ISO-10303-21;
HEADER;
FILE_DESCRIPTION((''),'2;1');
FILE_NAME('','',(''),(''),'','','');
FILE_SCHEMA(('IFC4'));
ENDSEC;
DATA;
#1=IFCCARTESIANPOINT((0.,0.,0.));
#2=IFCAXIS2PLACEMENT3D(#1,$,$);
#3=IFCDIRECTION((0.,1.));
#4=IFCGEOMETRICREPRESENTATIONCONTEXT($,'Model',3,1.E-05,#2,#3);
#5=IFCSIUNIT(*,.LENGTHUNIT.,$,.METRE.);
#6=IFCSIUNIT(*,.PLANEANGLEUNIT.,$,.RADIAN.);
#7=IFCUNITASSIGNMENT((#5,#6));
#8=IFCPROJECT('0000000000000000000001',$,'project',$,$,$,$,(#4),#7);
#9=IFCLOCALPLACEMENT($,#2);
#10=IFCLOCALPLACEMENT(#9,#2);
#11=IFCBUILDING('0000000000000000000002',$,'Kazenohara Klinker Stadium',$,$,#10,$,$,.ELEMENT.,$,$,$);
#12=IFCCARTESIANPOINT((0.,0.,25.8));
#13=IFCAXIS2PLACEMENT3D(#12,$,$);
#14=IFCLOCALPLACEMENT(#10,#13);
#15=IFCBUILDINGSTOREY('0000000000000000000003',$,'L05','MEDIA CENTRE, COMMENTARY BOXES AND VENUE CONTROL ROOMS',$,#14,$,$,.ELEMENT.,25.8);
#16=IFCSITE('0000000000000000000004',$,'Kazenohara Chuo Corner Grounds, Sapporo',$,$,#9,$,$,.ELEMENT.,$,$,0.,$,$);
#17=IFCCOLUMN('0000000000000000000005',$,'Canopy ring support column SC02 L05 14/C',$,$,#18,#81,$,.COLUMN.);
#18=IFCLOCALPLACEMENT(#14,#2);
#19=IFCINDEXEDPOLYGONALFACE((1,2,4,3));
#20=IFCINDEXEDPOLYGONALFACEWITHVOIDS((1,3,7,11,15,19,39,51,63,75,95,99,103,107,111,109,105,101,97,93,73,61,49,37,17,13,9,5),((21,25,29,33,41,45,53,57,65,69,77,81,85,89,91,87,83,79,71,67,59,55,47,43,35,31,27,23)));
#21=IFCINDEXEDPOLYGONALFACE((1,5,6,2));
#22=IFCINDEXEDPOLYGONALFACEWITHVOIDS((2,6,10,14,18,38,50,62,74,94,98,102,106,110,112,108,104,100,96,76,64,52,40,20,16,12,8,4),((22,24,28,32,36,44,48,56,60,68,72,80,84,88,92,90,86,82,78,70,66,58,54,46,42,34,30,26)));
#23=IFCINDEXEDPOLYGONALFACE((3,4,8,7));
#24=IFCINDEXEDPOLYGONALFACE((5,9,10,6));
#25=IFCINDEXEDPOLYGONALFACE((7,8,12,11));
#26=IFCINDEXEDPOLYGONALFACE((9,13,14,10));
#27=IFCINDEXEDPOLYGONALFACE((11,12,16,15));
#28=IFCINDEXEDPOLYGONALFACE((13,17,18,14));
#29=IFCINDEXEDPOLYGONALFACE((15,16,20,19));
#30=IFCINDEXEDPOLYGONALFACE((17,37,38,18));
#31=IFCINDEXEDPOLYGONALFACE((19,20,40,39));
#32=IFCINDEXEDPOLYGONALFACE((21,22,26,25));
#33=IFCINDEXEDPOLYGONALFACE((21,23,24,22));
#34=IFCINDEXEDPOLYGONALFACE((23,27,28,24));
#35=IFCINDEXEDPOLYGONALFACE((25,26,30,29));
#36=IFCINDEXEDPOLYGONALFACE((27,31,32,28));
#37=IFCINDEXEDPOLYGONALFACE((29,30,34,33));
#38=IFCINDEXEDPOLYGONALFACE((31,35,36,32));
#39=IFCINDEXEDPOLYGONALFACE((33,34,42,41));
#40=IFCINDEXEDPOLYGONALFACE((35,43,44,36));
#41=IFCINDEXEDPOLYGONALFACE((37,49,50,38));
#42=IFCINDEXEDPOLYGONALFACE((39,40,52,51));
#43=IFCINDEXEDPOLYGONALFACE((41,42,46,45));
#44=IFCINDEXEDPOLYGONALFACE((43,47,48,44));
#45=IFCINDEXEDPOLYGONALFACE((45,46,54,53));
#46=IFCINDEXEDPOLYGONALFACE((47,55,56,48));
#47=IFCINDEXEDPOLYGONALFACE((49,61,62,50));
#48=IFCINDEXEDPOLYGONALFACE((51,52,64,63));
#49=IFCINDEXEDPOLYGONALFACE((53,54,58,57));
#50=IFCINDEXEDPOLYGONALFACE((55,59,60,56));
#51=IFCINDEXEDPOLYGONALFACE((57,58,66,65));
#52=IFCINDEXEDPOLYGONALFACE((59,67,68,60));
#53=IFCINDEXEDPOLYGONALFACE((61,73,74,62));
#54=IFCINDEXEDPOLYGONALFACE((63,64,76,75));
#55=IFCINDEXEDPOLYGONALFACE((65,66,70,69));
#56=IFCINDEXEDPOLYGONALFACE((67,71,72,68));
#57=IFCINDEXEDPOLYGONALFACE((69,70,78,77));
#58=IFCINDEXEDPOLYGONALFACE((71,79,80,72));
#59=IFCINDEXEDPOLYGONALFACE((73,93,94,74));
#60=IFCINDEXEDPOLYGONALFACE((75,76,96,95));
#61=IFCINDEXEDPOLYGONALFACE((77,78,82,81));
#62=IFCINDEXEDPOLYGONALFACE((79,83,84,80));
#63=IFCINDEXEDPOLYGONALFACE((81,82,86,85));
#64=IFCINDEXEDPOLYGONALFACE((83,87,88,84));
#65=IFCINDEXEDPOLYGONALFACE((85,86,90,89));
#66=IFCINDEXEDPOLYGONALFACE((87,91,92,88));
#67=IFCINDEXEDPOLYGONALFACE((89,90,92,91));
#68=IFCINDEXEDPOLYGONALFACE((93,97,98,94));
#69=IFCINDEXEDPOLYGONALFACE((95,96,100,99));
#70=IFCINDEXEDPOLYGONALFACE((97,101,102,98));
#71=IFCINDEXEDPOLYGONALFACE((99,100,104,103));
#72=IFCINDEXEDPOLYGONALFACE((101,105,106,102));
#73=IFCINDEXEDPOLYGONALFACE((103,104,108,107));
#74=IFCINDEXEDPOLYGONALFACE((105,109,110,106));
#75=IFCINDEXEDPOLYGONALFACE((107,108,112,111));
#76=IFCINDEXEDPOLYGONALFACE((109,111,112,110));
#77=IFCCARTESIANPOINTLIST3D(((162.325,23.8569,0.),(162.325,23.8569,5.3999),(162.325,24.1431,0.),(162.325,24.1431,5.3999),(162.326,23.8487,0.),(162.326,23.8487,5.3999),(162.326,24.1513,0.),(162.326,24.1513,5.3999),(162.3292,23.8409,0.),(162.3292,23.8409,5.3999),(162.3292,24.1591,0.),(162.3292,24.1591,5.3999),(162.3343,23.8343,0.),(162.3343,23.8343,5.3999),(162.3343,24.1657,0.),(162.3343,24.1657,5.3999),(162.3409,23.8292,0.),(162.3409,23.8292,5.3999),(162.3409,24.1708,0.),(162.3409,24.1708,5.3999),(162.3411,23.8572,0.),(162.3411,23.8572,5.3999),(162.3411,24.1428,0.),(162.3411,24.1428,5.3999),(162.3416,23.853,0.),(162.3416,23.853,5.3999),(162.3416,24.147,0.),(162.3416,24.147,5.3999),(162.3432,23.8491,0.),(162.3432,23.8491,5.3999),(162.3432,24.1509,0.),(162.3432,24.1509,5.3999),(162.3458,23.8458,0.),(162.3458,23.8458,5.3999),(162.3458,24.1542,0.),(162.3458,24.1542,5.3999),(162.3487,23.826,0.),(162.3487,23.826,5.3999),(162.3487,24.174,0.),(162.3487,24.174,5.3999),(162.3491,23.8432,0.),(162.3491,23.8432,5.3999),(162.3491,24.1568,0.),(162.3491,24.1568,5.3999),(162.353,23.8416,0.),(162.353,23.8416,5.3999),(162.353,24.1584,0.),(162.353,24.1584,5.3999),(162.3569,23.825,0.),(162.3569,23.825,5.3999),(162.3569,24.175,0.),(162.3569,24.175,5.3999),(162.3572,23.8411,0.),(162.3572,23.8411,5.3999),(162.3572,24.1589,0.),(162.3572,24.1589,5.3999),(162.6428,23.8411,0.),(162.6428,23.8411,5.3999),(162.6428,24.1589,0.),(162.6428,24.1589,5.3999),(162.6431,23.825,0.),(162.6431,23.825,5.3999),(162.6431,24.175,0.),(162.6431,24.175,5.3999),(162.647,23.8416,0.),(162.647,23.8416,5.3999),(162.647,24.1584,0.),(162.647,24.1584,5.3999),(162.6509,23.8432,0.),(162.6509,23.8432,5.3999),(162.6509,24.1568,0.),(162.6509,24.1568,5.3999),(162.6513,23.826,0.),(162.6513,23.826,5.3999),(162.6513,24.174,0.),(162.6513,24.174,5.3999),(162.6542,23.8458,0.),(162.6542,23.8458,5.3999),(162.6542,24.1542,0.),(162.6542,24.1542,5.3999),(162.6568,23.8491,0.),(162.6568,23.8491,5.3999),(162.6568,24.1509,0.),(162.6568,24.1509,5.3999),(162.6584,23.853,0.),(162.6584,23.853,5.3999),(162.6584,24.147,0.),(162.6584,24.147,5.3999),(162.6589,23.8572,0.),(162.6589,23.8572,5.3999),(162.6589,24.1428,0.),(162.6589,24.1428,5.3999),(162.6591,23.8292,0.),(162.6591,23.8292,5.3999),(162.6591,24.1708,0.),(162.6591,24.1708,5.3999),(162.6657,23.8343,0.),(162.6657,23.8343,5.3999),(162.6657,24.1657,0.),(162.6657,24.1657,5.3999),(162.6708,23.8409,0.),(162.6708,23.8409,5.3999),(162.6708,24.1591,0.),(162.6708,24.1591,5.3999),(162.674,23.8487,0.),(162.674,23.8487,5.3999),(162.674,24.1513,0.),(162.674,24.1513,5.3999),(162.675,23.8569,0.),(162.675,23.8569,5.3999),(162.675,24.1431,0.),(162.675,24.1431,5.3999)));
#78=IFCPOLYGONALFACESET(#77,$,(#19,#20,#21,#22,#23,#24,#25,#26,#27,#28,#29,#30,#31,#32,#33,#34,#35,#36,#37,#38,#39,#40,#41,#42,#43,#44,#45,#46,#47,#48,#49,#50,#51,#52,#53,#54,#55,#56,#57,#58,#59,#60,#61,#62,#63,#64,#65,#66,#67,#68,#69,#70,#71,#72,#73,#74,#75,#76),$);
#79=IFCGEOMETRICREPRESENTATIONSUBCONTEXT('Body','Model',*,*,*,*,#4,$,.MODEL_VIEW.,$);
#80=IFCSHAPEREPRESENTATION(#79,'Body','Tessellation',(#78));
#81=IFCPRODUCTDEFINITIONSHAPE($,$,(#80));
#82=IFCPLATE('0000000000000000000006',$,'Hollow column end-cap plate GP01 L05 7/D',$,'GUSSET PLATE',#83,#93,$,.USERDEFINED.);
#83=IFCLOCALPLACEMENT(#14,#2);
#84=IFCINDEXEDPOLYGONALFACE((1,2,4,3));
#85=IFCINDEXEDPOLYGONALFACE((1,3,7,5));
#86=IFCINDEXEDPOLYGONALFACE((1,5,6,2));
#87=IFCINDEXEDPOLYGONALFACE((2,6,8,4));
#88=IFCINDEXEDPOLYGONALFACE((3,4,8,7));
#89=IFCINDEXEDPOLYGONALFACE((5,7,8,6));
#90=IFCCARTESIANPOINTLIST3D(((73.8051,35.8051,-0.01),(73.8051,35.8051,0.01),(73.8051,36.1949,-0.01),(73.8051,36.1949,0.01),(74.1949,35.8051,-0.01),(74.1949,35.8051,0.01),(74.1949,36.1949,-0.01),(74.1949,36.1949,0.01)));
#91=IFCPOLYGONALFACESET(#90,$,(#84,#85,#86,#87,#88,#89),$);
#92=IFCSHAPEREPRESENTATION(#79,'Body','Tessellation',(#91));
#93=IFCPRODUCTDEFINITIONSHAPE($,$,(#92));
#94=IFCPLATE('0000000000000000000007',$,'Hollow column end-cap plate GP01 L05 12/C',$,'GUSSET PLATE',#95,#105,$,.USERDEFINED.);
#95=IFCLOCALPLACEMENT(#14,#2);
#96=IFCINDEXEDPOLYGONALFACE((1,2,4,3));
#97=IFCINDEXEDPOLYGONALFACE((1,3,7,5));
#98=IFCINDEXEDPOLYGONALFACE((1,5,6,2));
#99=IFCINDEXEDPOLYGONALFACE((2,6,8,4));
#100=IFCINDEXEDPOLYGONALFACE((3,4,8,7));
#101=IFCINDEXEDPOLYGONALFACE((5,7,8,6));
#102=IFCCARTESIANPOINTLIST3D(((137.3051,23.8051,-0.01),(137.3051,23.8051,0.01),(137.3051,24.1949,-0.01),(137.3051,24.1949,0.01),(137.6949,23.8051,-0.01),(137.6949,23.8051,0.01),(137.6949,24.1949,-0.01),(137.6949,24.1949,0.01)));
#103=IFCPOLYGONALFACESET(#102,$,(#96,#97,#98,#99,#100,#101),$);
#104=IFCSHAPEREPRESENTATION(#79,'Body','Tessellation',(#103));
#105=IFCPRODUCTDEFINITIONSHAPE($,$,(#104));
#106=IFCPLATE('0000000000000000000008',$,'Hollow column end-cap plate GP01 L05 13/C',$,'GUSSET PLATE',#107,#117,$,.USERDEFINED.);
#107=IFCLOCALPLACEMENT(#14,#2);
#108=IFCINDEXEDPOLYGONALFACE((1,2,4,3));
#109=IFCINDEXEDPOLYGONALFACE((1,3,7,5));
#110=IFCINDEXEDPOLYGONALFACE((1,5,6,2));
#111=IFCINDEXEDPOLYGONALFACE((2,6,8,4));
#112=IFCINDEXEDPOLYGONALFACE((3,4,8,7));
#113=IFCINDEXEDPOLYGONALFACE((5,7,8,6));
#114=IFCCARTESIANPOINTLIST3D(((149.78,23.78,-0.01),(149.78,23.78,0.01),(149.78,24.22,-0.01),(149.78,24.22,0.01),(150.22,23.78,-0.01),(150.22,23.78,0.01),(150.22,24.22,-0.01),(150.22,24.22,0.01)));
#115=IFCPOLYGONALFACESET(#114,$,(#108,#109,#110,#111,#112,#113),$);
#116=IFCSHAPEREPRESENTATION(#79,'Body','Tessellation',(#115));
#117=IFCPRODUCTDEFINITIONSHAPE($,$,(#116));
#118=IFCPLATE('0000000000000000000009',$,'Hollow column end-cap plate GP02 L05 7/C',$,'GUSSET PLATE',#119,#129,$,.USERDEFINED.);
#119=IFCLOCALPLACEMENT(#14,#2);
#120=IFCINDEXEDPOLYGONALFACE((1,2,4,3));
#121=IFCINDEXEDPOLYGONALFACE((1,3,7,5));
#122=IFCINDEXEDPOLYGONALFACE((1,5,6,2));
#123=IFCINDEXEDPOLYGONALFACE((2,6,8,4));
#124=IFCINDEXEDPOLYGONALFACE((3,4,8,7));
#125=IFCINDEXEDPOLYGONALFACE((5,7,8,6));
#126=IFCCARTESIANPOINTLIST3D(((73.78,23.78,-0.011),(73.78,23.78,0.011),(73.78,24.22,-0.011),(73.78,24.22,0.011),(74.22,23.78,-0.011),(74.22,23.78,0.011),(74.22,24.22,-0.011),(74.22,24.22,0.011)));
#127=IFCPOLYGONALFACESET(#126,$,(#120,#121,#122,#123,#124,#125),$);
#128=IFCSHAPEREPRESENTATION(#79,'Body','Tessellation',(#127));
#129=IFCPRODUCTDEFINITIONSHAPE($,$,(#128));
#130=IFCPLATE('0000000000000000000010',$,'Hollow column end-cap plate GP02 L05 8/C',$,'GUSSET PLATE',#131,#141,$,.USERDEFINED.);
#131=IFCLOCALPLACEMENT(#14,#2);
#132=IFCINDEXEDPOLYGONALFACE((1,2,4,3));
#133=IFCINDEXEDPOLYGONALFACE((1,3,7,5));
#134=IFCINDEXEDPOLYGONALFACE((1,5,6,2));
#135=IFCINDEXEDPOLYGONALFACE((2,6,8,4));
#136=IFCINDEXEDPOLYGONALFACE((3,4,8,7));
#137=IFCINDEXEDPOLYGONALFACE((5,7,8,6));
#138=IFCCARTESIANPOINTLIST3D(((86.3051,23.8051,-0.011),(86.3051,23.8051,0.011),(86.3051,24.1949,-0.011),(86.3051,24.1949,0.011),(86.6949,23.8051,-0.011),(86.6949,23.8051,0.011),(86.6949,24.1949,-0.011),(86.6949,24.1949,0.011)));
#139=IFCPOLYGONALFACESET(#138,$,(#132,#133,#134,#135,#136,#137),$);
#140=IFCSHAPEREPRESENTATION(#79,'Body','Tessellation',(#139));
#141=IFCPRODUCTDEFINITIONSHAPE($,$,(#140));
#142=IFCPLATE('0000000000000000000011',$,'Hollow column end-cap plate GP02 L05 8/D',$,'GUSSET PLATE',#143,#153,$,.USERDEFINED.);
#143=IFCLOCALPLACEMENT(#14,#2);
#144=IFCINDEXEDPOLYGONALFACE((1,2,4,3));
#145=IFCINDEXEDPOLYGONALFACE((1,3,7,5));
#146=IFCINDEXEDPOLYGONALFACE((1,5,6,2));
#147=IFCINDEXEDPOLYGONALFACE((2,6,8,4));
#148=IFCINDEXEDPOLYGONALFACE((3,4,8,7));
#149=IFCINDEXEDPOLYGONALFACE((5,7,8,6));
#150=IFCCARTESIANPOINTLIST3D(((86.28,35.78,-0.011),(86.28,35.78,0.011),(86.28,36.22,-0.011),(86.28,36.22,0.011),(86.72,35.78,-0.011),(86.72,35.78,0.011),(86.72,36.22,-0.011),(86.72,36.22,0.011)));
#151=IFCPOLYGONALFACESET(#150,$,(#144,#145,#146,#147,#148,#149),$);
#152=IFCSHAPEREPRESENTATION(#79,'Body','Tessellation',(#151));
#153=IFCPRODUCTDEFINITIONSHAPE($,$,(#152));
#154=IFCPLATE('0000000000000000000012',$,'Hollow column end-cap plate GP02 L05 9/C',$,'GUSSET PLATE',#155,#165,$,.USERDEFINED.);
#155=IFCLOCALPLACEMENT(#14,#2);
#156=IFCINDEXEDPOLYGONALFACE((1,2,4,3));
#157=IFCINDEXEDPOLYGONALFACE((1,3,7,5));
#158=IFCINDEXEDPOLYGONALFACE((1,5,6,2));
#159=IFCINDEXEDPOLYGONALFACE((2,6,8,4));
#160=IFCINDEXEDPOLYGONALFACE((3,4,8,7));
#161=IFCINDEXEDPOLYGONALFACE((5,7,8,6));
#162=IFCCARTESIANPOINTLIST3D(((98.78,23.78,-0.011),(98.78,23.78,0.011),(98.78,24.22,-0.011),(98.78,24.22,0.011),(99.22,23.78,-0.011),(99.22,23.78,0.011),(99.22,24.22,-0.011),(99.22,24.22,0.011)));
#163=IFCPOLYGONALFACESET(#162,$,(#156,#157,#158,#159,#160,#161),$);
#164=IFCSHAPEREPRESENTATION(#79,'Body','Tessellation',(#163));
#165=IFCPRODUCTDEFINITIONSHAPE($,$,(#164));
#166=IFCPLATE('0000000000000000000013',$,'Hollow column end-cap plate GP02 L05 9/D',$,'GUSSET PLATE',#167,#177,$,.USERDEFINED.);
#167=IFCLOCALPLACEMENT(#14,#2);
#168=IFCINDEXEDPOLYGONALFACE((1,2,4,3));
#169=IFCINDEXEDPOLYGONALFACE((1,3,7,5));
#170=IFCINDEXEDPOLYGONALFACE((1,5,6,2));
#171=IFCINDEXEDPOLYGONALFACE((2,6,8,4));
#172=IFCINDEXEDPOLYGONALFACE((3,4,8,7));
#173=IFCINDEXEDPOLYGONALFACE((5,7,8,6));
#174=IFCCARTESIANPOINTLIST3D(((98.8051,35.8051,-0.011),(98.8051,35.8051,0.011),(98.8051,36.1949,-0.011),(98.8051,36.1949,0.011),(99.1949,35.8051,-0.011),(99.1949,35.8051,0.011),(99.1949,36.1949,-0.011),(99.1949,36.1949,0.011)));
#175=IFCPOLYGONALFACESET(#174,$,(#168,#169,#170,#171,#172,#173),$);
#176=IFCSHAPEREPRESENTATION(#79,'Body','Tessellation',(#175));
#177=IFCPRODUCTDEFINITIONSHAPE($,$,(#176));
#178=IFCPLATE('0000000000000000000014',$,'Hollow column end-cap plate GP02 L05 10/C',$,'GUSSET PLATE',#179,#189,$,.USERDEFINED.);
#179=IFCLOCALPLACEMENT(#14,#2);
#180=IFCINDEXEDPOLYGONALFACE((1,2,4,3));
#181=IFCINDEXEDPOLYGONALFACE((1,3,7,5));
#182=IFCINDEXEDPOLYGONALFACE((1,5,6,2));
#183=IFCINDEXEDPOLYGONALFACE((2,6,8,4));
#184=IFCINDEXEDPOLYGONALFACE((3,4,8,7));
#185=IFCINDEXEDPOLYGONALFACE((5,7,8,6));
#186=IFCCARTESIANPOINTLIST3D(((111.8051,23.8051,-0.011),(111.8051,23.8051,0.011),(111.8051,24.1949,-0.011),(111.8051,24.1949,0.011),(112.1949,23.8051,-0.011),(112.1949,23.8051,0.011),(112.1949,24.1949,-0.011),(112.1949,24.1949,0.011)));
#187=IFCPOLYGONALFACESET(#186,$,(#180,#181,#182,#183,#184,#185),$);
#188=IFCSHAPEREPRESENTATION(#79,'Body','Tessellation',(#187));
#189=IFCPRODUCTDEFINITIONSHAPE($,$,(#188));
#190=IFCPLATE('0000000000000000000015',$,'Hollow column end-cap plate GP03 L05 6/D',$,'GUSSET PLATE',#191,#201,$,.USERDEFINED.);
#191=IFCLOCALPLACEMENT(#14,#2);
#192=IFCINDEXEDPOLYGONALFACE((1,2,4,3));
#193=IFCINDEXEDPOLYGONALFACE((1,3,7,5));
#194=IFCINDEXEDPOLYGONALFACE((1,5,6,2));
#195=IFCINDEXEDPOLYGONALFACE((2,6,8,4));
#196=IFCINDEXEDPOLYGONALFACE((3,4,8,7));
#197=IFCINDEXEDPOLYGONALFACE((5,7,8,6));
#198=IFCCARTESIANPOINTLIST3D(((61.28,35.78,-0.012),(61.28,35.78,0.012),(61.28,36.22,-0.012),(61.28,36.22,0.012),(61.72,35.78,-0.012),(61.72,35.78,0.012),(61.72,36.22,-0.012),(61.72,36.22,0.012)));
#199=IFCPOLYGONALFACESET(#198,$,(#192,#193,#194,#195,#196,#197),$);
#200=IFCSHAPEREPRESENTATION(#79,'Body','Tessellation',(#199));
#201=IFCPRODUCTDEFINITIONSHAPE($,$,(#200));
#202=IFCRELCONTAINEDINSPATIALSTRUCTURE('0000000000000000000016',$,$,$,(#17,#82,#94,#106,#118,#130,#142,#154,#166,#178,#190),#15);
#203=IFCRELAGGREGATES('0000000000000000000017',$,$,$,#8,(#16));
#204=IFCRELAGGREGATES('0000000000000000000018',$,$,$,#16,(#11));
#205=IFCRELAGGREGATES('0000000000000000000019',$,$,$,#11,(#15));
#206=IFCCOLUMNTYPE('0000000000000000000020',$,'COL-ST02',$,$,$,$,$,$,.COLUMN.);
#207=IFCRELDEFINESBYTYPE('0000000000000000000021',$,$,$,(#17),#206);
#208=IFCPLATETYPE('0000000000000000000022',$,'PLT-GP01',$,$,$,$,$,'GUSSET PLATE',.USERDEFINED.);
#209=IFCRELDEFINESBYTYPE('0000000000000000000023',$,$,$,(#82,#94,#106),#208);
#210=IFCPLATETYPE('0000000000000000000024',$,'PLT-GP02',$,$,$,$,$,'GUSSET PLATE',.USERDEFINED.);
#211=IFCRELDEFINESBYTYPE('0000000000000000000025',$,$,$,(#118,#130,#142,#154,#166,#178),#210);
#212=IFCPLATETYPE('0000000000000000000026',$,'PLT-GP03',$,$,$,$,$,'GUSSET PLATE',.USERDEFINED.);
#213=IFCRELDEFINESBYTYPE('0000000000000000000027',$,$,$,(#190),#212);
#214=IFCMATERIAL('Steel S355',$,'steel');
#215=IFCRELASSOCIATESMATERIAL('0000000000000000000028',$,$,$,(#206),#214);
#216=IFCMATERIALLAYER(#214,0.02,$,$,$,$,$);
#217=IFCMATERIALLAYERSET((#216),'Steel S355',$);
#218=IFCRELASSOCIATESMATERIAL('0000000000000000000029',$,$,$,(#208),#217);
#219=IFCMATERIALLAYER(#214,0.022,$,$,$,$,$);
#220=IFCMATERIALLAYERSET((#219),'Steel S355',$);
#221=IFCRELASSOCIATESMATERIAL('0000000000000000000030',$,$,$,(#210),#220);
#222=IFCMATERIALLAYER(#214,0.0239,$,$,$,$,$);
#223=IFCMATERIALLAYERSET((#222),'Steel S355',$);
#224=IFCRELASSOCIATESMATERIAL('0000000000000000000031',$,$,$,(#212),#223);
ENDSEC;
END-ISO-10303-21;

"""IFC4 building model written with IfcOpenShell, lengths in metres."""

from ifc_helpers import new_model, si_unit, direction, frame, origin, origin_2d, place, context, subcontext, project, spatial, rectangle, hollow_rectangle, extrude, material, layer, layer_set, material_profile, profile_set, type_object, element, save


model = new_model("IFC4")

# Units and contexts
model_context = context("Model", 3, precision=1e-05, world=origin(), true_north=direction((0.0, 1.0)))
body_context = subcontext(model_context, "Body", "Model", "MODEL_VIEW")
ifc_project = project(units=[si_unit("LENGTHUNIT", "METRE"), si_unit("PLANEANGLEUNIT", "RADIAN")], contexts=[model_context])

# Site, building, storey
site_placement = place(None, origin())
site = spatial("IfcSite", under=ifc_project, at=site_placement, Name="Kazenohara Chuo Corner Grounds, Sapporo", CompositionType="ELEMENT", RefElevation=0.0)
building_placement = place(site_placement, origin())
building = spatial("IfcBuilding", under=site, at=building_placement, Name="Kazenohara Klinker Stadium", CompositionType="ELEMENT")
storey_placement = place(building_placement, frame((0.0, 0.0, 25.8)))
storey = spatial("IfcBuildingStorey", under=building, at=storey_placement, Name="L05", Description="MEDIA CENTRE, COMMENTARY BOXES AND VENUE CONTROL ROOMS", CompositionType="ELEMENT", Elevation=25.8)

# Column
ifc_material = material(Name="Steel S355", Category="steel")
ifc_material_profile_1 = material_profile(ifc_material, hollow_rectangle(XDim=0.3501, YDim=0.3501, WallThickness=0.0161, InnerFilletRadius=0.0161, OuterFilletRadius=0.032, at=origin_2d()), Name="SHS-350x350x16")
ifc_profile_set_1 = profile_set([ifc_material_profile_1], Name="Steel S355")
column_type_1 = type_object("IfcColumnType", Name="COL-ST02", PredefinedType="COLUMN", material=ifc_profile_set_1)
for number, where, z_axis, x_axis, name in (
    (1, (162.5, 24.0, 0.0), (0.0, 0.0, 1.0), (1.0, 0.0, 0.0), "Canopy ring support column SC02 L05 14/C"),
):
    element("IfcColumn", number, at=place(storey_placement, frame(where, z_axis=z_axis, x_axis=x_axis)), inside=storey, type_object=column_type_1, Name=name, PredefinedType="COLUMN", context=body_context, shape_type="SweptSolid", body=[
        extrude(hollow_rectangle(XDim=0.3501, YDim=0.3501, WallThickness=0.0161, InnerFilletRadius=0.0161, OuterFilletRadius=0.032, at=origin_2d()), origin(), (0.0, 0.0, 1.0), 5.3999),
    ])

# Plates
ifc_layer_1 = layer(ifc_material, 0.02)
ifc_layer_set_1 = layer_set([ifc_layer_1], Name="Steel S355")
plate_type_1 = type_object("IfcPlateType", Name="PLT-GP01", ElementType="GUSSET PLATE", PredefinedType="USERDEFINED", material=ifc_layer_set_1)
for number, where, z_axis, x_axis, name in (
    (2, (74.0, 36.0, -0.01), (0.0, 0.0, 1.0), (1.0, 0.0, 0.0), "Hollow column end-cap plate GP01 L05 7/D"),
    (3, (137.5, 24.0, -0.01), (0.0, 0.0, 1.0), (1.0, 0.0, 0.0), "Hollow column end-cap plate GP01 L05 12/C"),
):
    element("IfcPlate", number, at=place(storey_placement, frame(where, z_axis=z_axis, x_axis=x_axis)), inside=storey, type_object=plate_type_1, Name=name, ObjectType="GUSSET PLATE", PredefinedType="USERDEFINED", context=body_context, shape_type="SweptSolid", body=[
        extrude(rectangle(XDim=0.3899, YDim=0.3899, at=origin_2d()), origin(), (0.0, 0.0, 1.0), 0.02),
    ])
plate_1_placement = place(storey_placement, frame((150.0, 24.0, -0.01), z_axis=(0.0, 0.0, 1.0), x_axis=(1.0, 0.0, 0.0)))
element("IfcPlate", 4, at=plate_1_placement, inside=storey, type_object=plate_type_1, Name="Hollow column end-cap plate GP01 L05 13/C", ObjectType="GUSSET PLATE", PredefinedType="USERDEFINED", context=body_context, shape_type="SweptSolid", body=[
    extrude(rectangle(XDim=0.4399, YDim=0.4399, at=origin_2d()), origin(), (0.0, 0.0, 1.0), 0.02),
])
ifc_layer_2 = layer(ifc_material, 0.022)
ifc_layer_set_2 = layer_set([ifc_layer_2], Name="Steel S355")
plate_type_2 = type_object("IfcPlateType", Name="PLT-GP02", ElementType="GUSSET PLATE", PredefinedType="USERDEFINED", material=ifc_layer_set_2)
plate_2_placement = place(storey_placement, frame((74.0, 24.0, -0.011), z_axis=(0.0, 0.0, 1.0), x_axis=(1.0, 0.0, 0.0)))
element("IfcPlate", 5, at=plate_2_placement, inside=storey, type_object=plate_type_2, Name="Hollow column end-cap plate GP02 L05 7/C", ObjectType="GUSSET PLATE", PredefinedType="USERDEFINED", context=body_context, shape_type="SweptSolid", body=[
    extrude(rectangle(XDim=0.4399, YDim=0.4399, at=origin_2d()), origin(), (0.0, 0.0, 1.0), 0.022),
])
plate_3_placement = place(storey_placement, frame((86.5, 24.0, -0.011), z_axis=(0.0, 0.0, 1.0), x_axis=(1.0, 0.0, 0.0)))
element("IfcPlate", 6, at=plate_3_placement, inside=storey, type_object=plate_type_2, Name="Hollow column end-cap plate GP02 L05 8/C", ObjectType="GUSSET PLATE", PredefinedType="USERDEFINED", context=body_context, shape_type="SweptSolid", body=[
    extrude(rectangle(XDim=0.3899, YDim=0.3899, at=origin_2d()), origin(), (0.0, 0.0, 1.0), 0.022),
])
for number, where, z_axis, x_axis, name in (
    (7, (86.5, 36.0, -0.011), (0.0, 0.0, 1.0), (1.0, 0.0, 0.0), "Hollow column end-cap plate GP02 L05 8/D"),
    (8, (99.0, 24.0, -0.011), (0.0, 0.0, 1.0), (1.0, 0.0, 0.0), "Hollow column end-cap plate GP02 L05 9/C"),
):
    element("IfcPlate", number, at=place(storey_placement, frame(where, z_axis=z_axis, x_axis=x_axis)), inside=storey, type_object=plate_type_2, Name=name, ObjectType="GUSSET PLATE", PredefinedType="USERDEFINED", context=body_context, shape_type="SweptSolid", body=[
        extrude(rectangle(XDim=0.4399, YDim=0.4399, at=origin_2d()), origin(), (0.0, 0.0, 1.0), 0.022),
    ])
for number, where, z_axis, x_axis, name in (
    (9, (99.0, 36.0, -0.011), (0.0, 0.0, 1.0), (1.0, 0.0, 0.0), "Hollow column end-cap plate GP02 L05 9/D"),
    (10, (112.0, 24.0, -0.011), (0.0, 0.0, 1.0), (1.0, 0.0, 0.0), "Hollow column end-cap plate GP02 L05 10/C"),
):
    element("IfcPlate", number, at=place(storey_placement, frame(where, z_axis=z_axis, x_axis=x_axis)), inside=storey, type_object=plate_type_2, Name=name, ObjectType="GUSSET PLATE", PredefinedType="USERDEFINED", context=body_context, shape_type="SweptSolid", body=[
        extrude(rectangle(XDim=0.3899, YDim=0.3899, at=origin_2d()), origin(), (0.0, 0.0, 1.0), 0.022),
    ])
ifc_layer_3 = layer(ifc_material, 0.0239)
ifc_layer_set_3 = layer_set([ifc_layer_3], Name="Steel S355")
plate_type_3 = type_object("IfcPlateType", Name="PLT-GP03", ElementType="GUSSET PLATE", PredefinedType="USERDEFINED", material=ifc_layer_set_3)
plate_4_placement = place(storey_placement, frame((61.5, 36.0, -0.012), z_axis=(0.0, 0.0, 1.0), x_axis=(1.0, 0.0, 0.0)))
element("IfcPlate", 11, at=plate_4_placement, inside=storey, type_object=plate_type_3, Name="Hollow column end-cap plate GP03 L05 6/D", ObjectType="GUSSET PLATE", PredefinedType="USERDEFINED", context=body_context, shape_type="SweptSolid", body=[
    extrude(rectangle(XDim=0.4399, YDim=0.4399, at=origin_2d()), origin(), (0.0, 0.0, 1.0), 0.0239),
])

save(model, "model.ifc")
